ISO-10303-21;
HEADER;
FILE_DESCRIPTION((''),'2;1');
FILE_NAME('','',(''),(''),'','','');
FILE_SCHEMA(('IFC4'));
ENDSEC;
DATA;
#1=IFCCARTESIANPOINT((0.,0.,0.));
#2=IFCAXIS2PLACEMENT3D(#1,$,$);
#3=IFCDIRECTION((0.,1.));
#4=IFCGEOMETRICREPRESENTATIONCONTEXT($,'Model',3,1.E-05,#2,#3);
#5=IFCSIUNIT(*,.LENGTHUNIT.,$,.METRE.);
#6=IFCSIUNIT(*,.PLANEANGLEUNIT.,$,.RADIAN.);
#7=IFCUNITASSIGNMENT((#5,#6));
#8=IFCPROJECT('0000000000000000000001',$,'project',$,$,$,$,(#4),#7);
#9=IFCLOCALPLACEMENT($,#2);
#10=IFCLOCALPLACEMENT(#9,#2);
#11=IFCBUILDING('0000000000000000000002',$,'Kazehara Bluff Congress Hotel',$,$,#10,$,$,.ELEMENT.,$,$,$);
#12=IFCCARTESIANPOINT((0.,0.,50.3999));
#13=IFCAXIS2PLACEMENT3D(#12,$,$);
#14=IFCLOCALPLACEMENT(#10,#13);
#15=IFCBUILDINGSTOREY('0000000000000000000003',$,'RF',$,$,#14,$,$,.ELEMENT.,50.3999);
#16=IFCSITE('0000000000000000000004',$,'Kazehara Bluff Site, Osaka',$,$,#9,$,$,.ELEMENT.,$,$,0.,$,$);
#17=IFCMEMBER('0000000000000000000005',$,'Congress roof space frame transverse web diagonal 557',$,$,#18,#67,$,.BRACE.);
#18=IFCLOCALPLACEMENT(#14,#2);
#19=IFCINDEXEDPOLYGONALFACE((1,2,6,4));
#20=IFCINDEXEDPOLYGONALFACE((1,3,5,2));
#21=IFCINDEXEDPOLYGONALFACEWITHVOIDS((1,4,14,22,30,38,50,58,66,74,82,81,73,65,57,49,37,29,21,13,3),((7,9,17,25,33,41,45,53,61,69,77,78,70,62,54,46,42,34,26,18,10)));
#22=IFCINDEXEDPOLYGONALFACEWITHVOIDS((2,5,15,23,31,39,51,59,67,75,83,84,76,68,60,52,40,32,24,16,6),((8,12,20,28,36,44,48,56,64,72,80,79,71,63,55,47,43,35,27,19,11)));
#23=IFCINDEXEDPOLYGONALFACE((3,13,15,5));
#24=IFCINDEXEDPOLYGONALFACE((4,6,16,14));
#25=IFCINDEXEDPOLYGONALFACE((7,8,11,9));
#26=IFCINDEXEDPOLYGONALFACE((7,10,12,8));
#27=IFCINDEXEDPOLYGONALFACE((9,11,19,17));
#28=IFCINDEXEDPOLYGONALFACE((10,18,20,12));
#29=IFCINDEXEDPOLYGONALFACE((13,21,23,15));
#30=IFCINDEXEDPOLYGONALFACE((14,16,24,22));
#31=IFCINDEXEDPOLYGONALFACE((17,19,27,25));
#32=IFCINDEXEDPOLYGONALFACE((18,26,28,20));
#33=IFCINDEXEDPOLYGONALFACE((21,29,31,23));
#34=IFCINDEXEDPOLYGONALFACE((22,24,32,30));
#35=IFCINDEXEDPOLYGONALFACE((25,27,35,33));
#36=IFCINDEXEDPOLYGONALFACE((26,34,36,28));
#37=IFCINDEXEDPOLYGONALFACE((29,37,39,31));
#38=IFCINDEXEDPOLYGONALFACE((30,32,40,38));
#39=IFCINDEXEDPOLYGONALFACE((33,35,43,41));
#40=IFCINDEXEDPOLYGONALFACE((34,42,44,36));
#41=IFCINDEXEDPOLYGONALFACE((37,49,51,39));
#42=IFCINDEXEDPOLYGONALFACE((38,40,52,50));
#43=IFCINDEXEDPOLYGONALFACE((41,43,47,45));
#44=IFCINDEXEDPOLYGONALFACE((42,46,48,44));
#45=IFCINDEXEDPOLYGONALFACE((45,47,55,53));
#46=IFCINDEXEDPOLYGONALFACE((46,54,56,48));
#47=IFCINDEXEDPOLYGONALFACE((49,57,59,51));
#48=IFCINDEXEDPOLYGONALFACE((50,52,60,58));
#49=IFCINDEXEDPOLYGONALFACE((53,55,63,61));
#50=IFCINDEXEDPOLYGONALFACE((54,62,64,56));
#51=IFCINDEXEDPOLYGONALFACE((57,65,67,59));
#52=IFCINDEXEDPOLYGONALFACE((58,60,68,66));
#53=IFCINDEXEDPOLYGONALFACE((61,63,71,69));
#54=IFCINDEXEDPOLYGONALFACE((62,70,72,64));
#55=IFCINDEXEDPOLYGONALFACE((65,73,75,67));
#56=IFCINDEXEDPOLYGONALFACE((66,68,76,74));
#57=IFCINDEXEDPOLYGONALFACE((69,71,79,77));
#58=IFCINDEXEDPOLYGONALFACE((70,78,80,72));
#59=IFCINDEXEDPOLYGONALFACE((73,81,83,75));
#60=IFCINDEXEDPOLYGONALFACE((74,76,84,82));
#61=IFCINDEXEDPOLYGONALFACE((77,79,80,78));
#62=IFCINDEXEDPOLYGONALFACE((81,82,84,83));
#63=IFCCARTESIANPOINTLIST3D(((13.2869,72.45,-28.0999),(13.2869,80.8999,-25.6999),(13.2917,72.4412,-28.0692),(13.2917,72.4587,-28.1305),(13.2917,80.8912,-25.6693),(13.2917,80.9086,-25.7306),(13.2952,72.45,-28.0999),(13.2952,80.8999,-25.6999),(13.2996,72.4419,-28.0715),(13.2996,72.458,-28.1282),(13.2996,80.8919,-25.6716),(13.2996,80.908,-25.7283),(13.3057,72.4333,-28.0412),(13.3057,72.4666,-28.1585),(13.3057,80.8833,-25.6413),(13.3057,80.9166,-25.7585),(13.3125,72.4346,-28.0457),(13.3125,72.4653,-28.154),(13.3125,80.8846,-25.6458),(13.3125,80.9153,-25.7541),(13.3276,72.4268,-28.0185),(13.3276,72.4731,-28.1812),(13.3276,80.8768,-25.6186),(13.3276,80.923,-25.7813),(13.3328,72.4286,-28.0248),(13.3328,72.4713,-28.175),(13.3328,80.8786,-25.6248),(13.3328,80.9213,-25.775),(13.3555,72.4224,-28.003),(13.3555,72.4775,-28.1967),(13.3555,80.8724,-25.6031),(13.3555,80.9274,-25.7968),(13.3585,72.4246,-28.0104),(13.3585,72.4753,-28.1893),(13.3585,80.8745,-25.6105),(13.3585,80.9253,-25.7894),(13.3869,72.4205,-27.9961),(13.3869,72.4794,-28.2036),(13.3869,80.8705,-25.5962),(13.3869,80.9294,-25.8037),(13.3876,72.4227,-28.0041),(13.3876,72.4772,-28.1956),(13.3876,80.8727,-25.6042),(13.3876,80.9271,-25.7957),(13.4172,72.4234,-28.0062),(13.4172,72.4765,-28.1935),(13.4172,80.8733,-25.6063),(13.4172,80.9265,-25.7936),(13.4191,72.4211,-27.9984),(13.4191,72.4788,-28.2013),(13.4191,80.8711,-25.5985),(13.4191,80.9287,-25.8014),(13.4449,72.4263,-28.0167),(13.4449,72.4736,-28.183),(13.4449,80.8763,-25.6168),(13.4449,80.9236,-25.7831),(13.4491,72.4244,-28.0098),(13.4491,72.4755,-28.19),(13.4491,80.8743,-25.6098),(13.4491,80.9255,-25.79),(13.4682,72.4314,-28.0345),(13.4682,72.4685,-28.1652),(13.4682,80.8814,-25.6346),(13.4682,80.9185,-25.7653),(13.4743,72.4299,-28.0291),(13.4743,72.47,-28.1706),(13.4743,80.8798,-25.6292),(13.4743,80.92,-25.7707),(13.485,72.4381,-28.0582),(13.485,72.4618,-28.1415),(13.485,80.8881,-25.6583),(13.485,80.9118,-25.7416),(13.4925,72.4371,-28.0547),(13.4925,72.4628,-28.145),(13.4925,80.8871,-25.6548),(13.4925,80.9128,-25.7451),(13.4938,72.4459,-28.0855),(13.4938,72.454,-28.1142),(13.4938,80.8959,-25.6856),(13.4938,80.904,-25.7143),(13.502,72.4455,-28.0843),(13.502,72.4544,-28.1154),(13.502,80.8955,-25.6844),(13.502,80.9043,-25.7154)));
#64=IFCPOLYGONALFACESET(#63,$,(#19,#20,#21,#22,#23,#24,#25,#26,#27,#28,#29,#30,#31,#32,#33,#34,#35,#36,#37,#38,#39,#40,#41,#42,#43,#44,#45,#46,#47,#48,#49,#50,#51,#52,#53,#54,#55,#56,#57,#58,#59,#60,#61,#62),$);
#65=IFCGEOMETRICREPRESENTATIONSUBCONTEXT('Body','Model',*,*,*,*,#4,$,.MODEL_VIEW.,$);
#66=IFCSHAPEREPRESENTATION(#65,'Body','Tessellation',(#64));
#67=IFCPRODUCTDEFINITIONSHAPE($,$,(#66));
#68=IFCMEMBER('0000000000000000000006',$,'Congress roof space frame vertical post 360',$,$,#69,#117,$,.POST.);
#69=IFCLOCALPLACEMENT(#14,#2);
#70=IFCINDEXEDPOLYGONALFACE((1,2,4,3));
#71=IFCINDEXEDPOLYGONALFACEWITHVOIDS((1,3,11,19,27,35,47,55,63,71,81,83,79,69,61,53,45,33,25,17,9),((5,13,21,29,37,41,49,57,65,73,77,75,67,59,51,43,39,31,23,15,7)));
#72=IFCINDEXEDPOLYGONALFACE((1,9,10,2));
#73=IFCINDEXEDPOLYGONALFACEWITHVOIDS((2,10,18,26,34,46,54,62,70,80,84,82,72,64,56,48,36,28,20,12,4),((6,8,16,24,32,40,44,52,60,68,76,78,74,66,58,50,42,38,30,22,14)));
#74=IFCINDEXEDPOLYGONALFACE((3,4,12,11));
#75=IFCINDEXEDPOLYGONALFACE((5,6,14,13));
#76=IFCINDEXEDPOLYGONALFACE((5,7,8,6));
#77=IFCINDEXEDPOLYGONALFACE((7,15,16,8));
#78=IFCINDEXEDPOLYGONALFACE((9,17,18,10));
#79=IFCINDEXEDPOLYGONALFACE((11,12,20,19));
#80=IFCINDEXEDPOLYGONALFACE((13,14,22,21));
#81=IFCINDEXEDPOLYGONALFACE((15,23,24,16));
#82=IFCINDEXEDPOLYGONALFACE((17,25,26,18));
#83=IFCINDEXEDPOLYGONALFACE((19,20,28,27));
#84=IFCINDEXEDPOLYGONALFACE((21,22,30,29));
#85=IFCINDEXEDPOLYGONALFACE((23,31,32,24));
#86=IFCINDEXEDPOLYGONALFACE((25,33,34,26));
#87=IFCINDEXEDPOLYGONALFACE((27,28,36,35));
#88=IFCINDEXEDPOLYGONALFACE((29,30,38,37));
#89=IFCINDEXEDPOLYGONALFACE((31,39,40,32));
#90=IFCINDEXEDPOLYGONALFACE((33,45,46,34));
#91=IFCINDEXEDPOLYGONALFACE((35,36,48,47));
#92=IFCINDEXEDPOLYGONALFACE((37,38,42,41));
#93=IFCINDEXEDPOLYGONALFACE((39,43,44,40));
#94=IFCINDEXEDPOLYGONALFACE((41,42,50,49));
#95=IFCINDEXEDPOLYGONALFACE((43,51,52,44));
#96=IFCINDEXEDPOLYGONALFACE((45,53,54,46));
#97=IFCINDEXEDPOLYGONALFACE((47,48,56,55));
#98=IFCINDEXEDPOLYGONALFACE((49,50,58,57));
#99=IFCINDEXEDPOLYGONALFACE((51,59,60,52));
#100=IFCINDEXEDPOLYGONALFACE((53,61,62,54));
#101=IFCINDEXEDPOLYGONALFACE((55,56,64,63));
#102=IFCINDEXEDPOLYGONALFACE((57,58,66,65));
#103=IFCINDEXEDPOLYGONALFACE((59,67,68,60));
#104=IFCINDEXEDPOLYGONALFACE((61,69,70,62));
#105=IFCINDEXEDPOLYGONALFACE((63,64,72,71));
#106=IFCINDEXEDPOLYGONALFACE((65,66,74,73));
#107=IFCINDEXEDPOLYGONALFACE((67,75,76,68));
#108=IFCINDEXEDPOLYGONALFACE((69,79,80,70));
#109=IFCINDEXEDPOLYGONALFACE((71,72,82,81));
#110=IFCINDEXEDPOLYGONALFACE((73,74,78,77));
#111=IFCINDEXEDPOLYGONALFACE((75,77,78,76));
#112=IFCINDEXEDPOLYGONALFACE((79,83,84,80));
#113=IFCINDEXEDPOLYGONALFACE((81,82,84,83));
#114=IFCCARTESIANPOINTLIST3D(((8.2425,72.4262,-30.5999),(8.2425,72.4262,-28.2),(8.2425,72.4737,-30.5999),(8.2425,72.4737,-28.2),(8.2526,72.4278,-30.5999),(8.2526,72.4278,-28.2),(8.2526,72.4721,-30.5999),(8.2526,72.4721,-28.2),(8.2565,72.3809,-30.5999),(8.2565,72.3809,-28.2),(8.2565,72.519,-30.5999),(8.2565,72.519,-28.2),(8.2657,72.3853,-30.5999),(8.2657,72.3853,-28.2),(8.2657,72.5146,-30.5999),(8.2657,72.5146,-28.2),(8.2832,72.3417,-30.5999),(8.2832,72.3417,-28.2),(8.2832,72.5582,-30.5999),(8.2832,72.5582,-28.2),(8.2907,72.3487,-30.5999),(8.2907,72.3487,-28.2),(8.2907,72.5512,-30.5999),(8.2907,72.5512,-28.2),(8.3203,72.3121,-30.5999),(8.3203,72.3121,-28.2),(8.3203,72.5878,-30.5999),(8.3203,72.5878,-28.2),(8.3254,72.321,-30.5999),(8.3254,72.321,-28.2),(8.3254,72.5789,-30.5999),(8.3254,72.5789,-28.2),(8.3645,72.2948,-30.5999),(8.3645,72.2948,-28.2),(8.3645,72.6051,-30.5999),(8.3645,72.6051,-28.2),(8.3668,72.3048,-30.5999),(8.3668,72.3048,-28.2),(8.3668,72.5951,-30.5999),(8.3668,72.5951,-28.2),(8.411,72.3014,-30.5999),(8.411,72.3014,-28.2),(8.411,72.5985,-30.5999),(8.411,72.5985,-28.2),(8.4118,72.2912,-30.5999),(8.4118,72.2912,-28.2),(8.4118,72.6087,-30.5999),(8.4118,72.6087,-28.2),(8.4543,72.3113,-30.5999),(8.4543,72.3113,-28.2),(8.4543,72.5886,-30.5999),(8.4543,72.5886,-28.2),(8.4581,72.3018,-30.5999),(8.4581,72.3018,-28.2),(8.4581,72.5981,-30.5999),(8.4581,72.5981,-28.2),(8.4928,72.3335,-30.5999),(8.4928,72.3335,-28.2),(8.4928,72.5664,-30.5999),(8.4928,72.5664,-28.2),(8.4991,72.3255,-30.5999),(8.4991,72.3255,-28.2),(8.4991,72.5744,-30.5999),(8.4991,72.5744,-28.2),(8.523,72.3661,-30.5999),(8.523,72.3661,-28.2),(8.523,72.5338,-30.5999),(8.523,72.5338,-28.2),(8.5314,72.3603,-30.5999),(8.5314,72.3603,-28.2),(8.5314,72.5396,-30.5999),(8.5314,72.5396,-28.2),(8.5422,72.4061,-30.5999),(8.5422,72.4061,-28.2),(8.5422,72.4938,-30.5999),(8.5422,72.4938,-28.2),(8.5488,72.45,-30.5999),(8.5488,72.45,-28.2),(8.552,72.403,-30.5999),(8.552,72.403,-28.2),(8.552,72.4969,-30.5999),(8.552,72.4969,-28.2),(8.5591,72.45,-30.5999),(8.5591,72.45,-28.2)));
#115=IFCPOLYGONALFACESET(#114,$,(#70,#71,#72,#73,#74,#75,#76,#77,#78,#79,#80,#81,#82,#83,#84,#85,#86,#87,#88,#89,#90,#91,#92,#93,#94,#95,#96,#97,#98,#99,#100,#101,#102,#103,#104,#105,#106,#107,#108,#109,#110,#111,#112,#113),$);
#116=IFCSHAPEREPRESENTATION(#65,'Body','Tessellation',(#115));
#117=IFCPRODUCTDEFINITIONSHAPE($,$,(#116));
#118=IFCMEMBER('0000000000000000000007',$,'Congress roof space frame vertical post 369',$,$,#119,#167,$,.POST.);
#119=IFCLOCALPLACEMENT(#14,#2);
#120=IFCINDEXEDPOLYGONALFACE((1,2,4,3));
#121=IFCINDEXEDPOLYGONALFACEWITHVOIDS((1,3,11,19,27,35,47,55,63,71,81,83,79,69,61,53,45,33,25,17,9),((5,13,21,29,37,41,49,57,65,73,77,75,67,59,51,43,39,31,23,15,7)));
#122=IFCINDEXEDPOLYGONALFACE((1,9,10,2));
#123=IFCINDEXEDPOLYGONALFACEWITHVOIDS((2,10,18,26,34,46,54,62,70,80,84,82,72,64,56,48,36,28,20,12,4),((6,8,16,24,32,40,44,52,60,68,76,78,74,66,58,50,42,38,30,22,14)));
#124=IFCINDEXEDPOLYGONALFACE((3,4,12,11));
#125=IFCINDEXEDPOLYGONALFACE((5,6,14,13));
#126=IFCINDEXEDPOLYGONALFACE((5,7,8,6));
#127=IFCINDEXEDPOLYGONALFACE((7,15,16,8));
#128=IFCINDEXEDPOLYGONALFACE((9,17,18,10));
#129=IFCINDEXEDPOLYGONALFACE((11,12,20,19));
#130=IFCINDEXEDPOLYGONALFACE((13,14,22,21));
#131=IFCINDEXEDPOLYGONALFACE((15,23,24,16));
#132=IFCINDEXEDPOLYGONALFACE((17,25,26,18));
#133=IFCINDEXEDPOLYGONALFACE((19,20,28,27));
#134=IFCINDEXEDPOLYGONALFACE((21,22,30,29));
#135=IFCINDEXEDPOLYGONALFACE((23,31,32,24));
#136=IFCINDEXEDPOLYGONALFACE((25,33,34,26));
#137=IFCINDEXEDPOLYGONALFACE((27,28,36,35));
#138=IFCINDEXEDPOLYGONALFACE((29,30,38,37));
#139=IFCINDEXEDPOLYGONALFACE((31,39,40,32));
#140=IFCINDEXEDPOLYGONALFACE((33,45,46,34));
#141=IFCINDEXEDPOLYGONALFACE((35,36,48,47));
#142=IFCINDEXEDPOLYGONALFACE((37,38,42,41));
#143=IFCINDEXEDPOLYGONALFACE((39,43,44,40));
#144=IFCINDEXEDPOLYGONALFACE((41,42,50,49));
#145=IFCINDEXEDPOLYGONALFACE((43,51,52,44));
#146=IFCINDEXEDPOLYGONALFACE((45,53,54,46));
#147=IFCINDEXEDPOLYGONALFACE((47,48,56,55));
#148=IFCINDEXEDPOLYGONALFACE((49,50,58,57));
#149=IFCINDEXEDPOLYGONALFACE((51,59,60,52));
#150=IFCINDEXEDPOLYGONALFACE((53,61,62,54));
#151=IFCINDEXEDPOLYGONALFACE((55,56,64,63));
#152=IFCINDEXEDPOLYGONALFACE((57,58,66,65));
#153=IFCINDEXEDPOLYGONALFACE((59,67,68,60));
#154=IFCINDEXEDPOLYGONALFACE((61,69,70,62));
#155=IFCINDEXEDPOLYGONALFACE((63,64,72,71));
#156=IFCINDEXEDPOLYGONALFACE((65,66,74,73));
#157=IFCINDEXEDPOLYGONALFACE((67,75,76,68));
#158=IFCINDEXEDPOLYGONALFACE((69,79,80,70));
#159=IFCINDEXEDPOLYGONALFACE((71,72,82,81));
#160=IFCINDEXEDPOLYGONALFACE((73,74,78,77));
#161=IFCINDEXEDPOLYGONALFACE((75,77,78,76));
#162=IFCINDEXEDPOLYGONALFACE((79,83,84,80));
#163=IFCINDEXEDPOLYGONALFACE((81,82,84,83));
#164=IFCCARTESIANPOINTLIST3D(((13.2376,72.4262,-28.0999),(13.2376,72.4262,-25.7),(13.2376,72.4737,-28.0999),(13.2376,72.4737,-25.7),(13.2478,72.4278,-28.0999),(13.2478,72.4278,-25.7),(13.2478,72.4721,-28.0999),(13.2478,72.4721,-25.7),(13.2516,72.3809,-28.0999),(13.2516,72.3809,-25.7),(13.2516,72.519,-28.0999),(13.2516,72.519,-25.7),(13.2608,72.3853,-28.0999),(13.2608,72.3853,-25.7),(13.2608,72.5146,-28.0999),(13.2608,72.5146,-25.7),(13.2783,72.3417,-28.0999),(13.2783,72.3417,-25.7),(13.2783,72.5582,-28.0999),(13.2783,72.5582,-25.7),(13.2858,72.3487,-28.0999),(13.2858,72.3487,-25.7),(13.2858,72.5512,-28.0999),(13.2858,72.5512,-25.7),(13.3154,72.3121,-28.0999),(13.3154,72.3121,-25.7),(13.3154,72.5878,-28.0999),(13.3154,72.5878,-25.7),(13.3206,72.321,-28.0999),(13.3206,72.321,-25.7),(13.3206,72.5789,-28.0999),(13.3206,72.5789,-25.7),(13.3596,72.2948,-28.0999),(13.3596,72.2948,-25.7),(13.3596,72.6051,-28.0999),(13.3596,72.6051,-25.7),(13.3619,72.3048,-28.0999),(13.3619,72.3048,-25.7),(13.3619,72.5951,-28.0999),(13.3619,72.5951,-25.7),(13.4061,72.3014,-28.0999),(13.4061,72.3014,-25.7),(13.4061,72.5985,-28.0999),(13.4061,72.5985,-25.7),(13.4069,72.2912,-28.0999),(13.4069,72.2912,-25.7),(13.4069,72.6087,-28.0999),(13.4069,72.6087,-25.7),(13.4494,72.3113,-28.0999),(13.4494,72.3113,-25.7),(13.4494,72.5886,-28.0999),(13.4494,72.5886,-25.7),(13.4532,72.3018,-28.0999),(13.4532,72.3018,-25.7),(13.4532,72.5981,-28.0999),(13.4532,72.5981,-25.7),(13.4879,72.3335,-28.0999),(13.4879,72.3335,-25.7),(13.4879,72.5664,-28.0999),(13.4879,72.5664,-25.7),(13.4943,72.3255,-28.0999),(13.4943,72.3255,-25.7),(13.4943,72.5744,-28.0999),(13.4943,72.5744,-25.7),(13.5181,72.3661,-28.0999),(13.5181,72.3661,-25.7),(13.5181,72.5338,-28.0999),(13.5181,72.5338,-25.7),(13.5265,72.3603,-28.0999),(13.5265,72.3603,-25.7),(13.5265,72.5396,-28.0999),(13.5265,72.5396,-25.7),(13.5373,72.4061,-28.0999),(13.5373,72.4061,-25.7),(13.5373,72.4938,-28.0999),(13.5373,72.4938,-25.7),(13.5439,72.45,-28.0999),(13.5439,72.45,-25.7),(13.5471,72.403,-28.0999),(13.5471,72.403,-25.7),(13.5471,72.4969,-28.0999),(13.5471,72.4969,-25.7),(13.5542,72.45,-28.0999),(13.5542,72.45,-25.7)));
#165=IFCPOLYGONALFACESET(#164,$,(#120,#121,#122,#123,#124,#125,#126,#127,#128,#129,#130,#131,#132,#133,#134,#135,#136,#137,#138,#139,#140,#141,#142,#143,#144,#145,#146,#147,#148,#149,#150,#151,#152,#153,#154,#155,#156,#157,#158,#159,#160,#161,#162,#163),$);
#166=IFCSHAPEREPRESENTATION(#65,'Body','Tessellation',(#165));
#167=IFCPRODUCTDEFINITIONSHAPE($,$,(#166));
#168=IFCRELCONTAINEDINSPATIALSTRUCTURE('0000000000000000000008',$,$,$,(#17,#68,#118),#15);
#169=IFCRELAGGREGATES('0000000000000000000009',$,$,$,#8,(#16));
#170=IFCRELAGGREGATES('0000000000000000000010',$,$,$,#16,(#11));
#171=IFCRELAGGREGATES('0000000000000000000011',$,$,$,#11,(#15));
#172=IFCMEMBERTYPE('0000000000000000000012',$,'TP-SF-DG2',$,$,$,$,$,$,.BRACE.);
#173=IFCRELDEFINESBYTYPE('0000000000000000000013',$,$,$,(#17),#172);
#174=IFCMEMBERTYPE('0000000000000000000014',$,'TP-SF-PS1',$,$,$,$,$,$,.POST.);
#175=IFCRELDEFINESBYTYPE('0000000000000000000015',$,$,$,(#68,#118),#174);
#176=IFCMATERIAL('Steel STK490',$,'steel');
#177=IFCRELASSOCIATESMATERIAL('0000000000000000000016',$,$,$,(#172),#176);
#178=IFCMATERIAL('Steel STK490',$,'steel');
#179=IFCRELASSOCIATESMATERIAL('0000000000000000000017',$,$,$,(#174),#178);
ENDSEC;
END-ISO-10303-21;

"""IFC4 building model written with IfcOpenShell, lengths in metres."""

from ifc_helpers import new_model, si_unit, direction, frame, origin, origin_2d, place, context, subcontext, project, spatial, hollow_circle, extrude, material, material_profile, profile_set, type_object, element, save


model = new_model("IFC4")

# Units and contexts
model_context = context("Model", 3, precision=1e-05, world=origin(), true_north=direction((0.0, 1.0)))
body_context = subcontext(model_context, "Body", "Model", "MODEL_VIEW")
ifc_project = project(units=[si_unit("LENGTHUNIT", "METRE"), si_unit("PLANEANGLEUNIT", "RADIAN")], contexts=[model_context])

# Site, building, storey
site_placement = place(None, origin())
site = spatial("IfcSite", under=ifc_project, at=site_placement, Name="Kazehara Bluff Site, Osaka", CompositionType="ELEMENT", RefElevation=0.0)
building_placement = place(site_placement, origin())
building = spatial("IfcBuilding", under=site, at=building_placement, Name="Kazehara Bluff Congress Hotel", CompositionType="ELEMENT")
storey_placement = place(building_placement, frame((0.0, 0.0, 50.3999)))
storey = spatial("IfcBuildingStorey", under=building, at=storey_placement, Name="RF", CompositionType="ELEMENT", Elevation=50.3999)

# Members
ifc_material_1 = material(Name="Steel STK490", Category="steel")
ifc_material_profile_1 = material_profile(ifc_material_1, hollow_circle(Radius=0.1082, WallThickness=0.0083, at=origin_2d()))
ifc_profile_set_1 = profile_set([ifc_material_profile_1], Name="Steel STK490")
member_type_1 = type_object("IfcMemberType", Name="TP-SF-DG2", PredefinedType="BRACE", material=ifc_profile_set_1)
for number, where, z_axis, x_axis, name in (
    (1, (13.395, 72.45, -28.0999), (0.0, 0.961955, 0.273208), (-1.0, 0.0, 0.0), "Congress roof space frame transverse web diagonal 557"),
):
    element("IfcMember", number, at=place(storey_placement, frame(where, z_axis=z_axis, x_axis=x_axis)), inside=storey, type_object=member_type_1, Name=name, PredefinedType="BRACE", context=body_context, shape_type="SweptSolid", body=[
        extrude(hollow_circle(Radius=0.1082, WallThickness=0.0083, at=origin_2d()), origin(), (0.0, 0.0, 1.0), 8.7842),
    ])
ifc_material_2 = material(Name="Steel STK490", Category="steel")
ifc_material_profile_2 = material_profile(ifc_material_2, hollow_circle(Radius=0.1592, WallThickness=0.0103, at=origin_2d()))
ifc_profile_set_2 = profile_set([ifc_material_profile_2], Name="Steel STK490")
member_type_2 = type_object("IfcMemberType", Name="TP-SF-PS1", PredefinedType="POST", material=ifc_profile_set_2)
for number, where, z_axis, x_axis, name in (
    (2, (8.3999, 72.45, -30.5999), (0.0, 0.0, 1.0), (1.0, 0.0, 0.0), "Congress roof space frame vertical post 360"),
    (3, (13.395, 72.45, -28.0999), (0.0, 0.0, 1.0), (1.0, 0.0, 0.0), "Congress roof space frame vertical post 369"),
):
    element("IfcMember", number, at=place(storey_placement, frame(where, z_axis=z_axis, x_axis=x_axis)), inside=storey, type_object=member_type_2, Name=name, PredefinedType="POST", context=body_context, shape_type="SweptSolid", body=[
        extrude(hollow_circle(Radius=0.1592, WallThickness=0.0103, at=origin_2d()), origin(), (0.0, 0.0, 1.0), 2.3999),
    ])

save(model, "model.ifc")
